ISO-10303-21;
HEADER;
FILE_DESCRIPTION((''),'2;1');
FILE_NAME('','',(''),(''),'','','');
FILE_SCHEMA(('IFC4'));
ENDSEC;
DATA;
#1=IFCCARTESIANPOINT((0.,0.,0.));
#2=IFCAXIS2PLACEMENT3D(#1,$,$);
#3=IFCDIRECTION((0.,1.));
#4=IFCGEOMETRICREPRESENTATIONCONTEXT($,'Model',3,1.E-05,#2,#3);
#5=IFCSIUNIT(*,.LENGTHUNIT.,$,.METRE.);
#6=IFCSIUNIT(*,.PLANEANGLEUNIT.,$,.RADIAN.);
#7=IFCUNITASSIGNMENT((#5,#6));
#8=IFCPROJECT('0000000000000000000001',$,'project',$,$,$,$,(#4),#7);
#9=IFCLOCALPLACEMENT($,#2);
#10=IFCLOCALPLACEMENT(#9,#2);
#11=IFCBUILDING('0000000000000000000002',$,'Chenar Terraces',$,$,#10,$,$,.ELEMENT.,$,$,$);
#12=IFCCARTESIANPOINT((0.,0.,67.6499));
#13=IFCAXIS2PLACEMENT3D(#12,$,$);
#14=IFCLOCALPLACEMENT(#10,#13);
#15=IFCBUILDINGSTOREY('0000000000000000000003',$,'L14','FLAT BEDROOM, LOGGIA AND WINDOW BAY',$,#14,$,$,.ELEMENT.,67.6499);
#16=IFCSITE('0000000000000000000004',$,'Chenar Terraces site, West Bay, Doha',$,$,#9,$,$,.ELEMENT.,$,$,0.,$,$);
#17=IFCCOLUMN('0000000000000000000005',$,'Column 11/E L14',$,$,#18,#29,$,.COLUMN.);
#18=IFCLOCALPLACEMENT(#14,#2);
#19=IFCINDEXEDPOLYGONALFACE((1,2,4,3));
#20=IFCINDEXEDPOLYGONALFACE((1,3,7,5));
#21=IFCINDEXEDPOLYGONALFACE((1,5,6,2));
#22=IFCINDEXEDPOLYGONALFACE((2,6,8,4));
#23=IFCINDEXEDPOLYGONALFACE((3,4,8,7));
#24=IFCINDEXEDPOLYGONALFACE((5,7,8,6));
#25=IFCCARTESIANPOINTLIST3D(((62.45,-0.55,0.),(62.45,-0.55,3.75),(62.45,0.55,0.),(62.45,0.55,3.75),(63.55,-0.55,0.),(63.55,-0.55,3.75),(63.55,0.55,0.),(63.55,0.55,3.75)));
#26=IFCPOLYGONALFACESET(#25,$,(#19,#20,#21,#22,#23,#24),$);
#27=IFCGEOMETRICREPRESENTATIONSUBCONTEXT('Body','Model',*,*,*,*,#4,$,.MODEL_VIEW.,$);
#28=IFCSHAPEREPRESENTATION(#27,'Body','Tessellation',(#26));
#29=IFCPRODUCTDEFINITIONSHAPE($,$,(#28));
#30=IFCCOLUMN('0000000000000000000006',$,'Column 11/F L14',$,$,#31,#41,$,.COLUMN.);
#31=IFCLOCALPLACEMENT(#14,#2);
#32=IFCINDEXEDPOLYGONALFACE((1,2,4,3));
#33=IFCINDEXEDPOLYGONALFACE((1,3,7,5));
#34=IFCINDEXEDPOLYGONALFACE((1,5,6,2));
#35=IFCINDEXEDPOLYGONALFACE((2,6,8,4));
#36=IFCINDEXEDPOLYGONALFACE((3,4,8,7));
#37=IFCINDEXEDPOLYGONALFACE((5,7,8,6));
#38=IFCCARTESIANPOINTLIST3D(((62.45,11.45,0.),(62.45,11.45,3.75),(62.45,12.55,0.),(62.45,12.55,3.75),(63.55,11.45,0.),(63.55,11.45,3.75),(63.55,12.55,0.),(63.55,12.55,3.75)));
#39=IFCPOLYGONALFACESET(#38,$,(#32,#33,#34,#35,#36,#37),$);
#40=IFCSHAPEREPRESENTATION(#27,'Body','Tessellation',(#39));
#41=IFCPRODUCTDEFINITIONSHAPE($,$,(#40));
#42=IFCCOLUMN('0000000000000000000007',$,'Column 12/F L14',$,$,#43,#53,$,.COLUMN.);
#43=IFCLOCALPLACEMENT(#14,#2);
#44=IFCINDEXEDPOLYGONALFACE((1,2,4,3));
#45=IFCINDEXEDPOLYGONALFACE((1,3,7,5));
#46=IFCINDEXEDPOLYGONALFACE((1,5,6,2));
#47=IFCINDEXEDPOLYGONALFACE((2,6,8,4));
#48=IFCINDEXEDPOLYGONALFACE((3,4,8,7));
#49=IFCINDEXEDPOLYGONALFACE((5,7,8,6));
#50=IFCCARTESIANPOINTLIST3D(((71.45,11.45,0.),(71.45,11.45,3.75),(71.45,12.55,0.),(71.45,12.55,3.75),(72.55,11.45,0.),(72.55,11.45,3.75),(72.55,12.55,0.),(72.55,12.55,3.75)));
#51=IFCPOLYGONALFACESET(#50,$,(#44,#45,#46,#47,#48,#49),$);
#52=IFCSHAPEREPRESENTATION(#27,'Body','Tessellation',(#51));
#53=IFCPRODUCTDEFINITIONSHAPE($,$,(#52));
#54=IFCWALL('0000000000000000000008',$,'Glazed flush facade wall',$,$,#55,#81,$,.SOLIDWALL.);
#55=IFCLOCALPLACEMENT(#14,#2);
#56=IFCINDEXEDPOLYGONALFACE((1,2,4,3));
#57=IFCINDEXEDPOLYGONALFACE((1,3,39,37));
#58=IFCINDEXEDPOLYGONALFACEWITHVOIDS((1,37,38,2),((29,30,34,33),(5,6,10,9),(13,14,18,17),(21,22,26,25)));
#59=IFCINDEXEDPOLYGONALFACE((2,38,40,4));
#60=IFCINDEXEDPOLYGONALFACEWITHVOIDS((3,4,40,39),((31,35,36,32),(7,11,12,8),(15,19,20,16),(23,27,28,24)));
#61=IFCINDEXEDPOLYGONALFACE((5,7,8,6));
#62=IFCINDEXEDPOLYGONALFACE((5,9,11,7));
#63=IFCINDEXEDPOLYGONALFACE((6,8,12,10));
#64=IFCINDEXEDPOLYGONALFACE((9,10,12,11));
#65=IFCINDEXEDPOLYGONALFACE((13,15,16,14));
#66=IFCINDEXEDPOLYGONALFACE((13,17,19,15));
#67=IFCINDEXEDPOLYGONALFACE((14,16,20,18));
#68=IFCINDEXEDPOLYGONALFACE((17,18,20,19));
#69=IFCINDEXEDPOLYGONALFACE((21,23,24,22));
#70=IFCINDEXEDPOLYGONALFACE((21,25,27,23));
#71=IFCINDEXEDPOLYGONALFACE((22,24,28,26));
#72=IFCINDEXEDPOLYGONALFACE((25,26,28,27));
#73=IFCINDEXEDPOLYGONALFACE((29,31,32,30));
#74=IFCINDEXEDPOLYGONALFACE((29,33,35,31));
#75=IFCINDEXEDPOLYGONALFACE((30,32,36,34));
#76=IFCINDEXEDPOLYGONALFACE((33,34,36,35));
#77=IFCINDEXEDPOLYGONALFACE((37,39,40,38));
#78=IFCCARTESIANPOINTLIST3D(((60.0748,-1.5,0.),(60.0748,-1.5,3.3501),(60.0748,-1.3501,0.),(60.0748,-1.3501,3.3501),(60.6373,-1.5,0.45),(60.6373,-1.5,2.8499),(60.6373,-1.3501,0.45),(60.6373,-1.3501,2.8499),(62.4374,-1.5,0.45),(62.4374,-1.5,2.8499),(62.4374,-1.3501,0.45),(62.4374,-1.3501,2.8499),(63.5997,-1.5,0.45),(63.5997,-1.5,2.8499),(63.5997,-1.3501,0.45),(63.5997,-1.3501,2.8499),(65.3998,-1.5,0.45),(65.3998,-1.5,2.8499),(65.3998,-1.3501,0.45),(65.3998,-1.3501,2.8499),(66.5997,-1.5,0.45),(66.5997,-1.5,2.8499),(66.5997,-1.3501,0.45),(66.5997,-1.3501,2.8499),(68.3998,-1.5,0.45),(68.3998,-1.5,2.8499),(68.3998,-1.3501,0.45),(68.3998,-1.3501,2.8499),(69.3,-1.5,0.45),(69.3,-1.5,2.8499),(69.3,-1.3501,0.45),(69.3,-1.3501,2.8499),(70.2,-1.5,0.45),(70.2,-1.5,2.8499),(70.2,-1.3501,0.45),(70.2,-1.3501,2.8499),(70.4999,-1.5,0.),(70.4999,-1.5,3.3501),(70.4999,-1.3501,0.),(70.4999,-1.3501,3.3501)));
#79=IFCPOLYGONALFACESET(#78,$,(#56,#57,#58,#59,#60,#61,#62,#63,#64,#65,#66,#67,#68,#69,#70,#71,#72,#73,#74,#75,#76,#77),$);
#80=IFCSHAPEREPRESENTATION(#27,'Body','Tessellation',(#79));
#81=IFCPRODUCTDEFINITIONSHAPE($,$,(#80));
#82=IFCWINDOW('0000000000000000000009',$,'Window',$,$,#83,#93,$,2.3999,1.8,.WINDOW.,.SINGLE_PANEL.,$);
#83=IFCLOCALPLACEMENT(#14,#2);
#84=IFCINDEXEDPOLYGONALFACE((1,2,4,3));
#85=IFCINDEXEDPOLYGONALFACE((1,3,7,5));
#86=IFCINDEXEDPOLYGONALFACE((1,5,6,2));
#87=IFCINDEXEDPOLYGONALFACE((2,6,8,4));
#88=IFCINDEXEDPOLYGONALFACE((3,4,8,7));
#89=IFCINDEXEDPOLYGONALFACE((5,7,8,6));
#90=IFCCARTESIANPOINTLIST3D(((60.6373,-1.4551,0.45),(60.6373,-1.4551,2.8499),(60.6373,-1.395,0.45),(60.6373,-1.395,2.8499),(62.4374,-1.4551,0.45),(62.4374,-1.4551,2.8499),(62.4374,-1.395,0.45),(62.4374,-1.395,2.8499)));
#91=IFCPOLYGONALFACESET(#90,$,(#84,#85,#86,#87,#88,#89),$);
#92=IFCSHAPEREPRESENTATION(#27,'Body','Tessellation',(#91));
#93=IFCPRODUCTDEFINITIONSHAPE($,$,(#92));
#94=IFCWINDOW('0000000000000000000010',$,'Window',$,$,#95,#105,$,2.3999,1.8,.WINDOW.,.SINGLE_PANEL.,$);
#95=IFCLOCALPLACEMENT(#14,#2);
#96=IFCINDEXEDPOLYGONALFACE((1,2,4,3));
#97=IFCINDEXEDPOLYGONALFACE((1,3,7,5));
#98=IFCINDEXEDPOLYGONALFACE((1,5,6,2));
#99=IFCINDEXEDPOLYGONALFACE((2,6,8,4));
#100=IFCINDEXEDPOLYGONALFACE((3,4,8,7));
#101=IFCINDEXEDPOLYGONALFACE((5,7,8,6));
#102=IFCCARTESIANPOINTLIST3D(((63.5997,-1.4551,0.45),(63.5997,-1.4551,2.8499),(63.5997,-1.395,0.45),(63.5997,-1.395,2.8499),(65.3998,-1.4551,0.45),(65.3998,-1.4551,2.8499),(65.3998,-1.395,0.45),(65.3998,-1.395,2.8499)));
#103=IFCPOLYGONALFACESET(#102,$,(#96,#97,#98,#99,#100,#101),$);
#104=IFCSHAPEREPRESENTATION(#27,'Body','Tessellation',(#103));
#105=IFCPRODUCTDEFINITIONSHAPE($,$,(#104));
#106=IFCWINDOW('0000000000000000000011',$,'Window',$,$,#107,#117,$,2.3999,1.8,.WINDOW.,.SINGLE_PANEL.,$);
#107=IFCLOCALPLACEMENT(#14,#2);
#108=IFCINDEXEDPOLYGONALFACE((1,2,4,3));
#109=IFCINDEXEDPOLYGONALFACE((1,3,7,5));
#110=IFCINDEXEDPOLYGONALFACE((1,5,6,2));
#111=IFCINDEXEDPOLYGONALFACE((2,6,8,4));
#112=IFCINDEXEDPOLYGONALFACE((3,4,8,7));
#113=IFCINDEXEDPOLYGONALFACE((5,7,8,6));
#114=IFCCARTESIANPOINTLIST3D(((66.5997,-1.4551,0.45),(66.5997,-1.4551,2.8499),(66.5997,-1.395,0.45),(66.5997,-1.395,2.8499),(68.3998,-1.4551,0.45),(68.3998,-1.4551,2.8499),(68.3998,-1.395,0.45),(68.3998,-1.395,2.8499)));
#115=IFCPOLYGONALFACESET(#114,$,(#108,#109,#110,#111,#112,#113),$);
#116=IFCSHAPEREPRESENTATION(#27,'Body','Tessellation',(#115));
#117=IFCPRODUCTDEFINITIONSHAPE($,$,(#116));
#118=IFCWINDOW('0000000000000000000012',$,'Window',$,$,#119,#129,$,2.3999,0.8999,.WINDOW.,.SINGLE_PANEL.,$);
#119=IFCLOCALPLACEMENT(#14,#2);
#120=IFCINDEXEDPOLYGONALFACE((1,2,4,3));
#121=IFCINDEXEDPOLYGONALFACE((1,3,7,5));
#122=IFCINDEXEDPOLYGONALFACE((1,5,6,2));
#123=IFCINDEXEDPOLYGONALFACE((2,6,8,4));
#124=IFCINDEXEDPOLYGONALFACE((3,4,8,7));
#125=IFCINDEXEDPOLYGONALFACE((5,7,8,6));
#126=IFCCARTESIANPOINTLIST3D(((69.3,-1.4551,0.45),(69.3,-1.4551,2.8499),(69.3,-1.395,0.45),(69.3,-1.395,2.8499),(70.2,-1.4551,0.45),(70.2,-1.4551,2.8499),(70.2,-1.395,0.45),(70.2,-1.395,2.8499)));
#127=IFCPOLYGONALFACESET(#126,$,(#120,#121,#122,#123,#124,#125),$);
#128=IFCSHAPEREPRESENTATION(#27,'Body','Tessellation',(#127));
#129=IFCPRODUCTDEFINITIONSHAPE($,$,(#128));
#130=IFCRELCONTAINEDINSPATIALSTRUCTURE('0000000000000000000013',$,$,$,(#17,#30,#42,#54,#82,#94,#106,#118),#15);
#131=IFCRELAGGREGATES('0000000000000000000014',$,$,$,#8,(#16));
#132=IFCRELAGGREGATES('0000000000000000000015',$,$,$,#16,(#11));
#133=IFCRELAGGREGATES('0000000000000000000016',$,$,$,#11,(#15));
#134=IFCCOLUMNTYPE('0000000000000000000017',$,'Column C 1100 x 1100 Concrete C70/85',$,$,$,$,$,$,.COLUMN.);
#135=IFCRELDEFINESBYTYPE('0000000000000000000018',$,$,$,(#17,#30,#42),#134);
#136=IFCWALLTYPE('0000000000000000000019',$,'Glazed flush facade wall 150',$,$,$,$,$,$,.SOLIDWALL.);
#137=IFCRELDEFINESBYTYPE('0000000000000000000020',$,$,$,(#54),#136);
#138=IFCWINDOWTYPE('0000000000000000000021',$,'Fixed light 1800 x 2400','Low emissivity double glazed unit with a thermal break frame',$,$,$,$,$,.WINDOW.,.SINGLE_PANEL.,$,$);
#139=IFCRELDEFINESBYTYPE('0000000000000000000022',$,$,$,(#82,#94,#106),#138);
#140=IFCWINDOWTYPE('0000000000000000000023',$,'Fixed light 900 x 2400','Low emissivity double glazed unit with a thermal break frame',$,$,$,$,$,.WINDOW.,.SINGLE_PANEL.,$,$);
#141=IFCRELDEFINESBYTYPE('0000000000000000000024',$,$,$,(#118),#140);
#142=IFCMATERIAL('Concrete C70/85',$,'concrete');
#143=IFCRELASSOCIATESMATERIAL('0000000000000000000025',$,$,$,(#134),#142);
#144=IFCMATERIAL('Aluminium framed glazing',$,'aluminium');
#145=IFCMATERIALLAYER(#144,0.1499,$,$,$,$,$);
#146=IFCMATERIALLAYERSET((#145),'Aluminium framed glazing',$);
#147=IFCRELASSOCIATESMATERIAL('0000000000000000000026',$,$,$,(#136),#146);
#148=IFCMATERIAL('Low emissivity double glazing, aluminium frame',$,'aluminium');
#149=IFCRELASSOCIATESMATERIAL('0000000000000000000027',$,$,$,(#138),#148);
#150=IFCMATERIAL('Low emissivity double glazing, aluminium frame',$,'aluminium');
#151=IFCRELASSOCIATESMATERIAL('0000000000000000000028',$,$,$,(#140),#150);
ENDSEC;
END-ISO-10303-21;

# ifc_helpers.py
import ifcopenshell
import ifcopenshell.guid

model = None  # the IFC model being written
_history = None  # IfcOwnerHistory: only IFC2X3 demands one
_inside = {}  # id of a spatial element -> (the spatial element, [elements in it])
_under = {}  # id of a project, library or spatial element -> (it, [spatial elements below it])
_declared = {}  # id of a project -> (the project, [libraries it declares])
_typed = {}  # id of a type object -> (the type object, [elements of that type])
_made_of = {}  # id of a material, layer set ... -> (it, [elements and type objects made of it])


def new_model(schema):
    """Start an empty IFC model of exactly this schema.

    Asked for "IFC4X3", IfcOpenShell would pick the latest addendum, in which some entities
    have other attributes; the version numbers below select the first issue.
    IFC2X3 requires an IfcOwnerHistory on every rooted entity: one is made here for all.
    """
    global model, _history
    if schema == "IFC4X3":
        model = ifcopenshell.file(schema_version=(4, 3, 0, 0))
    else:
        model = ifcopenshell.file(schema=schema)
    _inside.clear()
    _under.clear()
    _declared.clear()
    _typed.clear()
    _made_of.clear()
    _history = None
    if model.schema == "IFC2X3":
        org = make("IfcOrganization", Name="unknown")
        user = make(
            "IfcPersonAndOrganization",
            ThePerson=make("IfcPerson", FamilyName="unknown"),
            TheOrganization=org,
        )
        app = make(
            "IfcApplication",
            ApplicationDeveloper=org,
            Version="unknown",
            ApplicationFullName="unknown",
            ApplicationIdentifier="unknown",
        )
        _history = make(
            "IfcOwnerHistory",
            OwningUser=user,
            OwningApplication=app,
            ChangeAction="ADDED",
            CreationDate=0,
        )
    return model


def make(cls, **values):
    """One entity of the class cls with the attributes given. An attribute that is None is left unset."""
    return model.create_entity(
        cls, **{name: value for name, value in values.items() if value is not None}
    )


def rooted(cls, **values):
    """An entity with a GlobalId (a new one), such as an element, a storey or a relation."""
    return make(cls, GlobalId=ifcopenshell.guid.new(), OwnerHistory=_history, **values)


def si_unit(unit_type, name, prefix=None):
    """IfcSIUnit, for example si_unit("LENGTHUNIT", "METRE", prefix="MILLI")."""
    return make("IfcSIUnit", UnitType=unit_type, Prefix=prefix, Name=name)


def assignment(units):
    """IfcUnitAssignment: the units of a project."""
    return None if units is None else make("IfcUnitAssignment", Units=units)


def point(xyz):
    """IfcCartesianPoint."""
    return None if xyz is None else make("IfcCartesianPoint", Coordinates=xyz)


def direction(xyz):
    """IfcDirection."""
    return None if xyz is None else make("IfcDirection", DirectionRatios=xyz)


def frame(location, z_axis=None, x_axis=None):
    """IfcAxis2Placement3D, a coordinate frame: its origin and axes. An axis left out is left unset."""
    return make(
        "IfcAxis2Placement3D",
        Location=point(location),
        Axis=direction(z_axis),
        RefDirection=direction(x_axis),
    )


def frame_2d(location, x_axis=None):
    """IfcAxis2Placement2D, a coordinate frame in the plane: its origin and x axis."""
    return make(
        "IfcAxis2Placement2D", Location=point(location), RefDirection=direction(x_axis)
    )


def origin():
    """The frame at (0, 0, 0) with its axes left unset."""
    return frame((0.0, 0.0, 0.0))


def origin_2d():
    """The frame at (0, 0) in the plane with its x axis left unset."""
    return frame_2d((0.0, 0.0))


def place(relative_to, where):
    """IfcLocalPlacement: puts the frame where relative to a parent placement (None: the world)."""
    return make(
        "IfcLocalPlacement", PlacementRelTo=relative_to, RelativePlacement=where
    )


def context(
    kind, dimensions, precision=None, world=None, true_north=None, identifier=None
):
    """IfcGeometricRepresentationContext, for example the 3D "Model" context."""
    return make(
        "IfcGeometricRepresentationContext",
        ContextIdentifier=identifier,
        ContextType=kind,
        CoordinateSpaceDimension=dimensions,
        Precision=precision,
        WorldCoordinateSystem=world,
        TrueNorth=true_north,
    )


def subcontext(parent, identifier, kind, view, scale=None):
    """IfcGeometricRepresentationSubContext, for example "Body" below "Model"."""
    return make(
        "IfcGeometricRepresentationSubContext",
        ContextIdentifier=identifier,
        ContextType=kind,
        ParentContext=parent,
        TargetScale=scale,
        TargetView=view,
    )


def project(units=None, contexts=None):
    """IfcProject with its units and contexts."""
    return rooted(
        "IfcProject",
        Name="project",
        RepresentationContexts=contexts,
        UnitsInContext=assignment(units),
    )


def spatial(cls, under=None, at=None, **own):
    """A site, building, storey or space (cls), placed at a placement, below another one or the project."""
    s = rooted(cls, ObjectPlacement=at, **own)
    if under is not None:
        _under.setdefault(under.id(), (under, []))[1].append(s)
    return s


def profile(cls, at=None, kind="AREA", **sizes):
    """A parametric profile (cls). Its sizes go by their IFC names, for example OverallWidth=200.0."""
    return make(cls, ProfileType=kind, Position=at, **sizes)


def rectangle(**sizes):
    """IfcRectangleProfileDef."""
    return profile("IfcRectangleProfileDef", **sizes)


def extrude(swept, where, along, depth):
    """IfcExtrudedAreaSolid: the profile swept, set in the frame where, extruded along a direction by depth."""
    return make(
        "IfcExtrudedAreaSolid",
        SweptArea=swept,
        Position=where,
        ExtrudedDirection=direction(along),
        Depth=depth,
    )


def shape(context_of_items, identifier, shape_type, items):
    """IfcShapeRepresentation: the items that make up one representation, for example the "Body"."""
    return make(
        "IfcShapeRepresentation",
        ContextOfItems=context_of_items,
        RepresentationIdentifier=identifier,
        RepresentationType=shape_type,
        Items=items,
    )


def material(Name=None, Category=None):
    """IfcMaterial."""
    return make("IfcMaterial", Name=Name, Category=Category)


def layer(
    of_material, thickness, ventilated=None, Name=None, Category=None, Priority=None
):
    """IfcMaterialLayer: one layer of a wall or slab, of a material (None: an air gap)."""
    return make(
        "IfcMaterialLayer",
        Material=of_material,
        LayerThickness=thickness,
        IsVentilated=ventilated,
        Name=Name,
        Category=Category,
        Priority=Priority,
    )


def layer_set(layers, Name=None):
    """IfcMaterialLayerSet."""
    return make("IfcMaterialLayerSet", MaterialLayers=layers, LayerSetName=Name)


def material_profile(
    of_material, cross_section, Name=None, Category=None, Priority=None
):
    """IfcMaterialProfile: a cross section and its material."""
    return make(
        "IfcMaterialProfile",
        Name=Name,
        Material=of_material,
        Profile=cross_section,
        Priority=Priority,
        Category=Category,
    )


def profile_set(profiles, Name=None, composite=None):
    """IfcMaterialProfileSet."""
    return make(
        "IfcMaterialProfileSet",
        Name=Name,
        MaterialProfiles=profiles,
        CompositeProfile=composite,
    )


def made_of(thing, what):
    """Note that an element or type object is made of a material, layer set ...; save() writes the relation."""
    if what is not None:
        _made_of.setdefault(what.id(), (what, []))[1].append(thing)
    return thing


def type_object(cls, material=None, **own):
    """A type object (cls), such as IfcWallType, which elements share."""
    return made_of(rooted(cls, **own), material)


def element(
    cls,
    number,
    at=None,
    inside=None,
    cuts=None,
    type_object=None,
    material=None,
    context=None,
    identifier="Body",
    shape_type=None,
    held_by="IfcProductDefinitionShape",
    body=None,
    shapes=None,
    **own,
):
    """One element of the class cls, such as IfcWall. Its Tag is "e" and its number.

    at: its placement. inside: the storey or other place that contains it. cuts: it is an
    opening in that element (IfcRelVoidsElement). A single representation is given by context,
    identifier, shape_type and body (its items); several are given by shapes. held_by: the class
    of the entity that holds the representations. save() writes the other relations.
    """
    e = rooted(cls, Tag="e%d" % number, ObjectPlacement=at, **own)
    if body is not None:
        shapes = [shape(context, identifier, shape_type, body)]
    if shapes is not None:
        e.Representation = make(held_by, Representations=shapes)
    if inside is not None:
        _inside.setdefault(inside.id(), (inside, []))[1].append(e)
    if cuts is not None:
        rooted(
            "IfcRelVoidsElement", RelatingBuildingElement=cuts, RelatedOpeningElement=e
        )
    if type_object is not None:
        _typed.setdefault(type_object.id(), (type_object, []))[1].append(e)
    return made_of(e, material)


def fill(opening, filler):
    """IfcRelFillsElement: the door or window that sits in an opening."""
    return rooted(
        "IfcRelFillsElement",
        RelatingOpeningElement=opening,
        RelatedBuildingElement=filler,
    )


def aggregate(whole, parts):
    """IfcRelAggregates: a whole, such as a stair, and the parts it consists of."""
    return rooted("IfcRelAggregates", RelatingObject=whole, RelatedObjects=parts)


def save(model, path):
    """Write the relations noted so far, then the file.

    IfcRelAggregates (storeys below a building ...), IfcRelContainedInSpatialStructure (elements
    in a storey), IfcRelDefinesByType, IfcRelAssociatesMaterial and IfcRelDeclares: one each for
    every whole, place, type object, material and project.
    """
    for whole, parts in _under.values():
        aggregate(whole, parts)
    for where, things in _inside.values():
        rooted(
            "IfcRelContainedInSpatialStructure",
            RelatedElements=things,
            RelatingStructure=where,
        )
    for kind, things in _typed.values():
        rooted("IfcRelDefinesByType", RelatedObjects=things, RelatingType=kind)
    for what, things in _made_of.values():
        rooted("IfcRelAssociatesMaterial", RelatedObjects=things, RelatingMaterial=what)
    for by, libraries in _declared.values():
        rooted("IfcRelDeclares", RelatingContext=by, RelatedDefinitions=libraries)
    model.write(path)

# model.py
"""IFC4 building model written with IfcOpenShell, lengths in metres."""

from ifc_helpers import new_model, si_unit, direction, frame, frame_2d, origin, origin_2d, place, context, subcontext, project, spatial, rectangle, extrude, material, layer, layer_set, material_profile, profile_set, type_object, element, fill, save


model = new_model("IFC4")

# Units and contexts
model_context = context("Model", 3, precision=1e-05, world=origin(), true_north=direction((0.0, 1.0)))
body_context = subcontext(model_context, "Body", "Model", "MODEL_VIEW")
ifc_project = project(units=[si_unit("LENGTHUNIT", "METRE"), si_unit("PLANEANGLEUNIT", "RADIAN")], contexts=[model_context])

# Site, building, storey
site_placement = place(None, origin())
site = spatial("IfcSite", under=ifc_project, at=site_placement, Name="Chenar Terraces site, West Bay, Doha", CompositionType="ELEMENT", RefElevation=0.0)
building_placement = place(site_placement, origin())
building = spatial("IfcBuilding", under=site, at=building_placement, Name="Chenar Terraces", CompositionType="ELEMENT")
storey_placement = place(building_placement, frame((0.0, 0.0, 67.6499)))
storey = spatial("IfcBuildingStorey", under=building, at=storey_placement, Name="L14", Description="FLAT BEDROOM, LOGGIA AND WINDOW BAY", CompositionType="ELEMENT", Elevation=67.6499)

# Columns
ifc_material_1 = material(Name="Concrete C70/85", Category="concrete")
ifc_material_profile = material_profile(ifc_material_1, rectangle(XDim=1.1001, YDim=1.1001, at=origin_2d()), Name="C 1100 x 1100")
ifc_profile_set = profile_set([ifc_material_profile], Name="Concrete C70/85")
column_type = type_object("IfcColumnType", Name="Column C 1100 x 1100 Concrete C70/85", PredefinedType="COLUMN", material=ifc_profile_set)
for number, where, z_axis, x_axis, name in (
    (1, (63.0, 0.0, 0.0), (0.0, 0.0, 1.0), (1.0, 0.0, 0.0), "Column 11/E L14"),
    (2, (63.0, 12.0, 0.0), (0.0, 0.0, 1.0), (1.0, 0.0, 0.0), "Column 11/F L14"),
    (3, (72.0, 12.0, 0.0), (0.0, 0.0, 1.0), (1.0, 0.0, 0.0), "Column 12/F L14"),
):
    element("IfcColumn", number, at=place(storey_placement, frame(where, z_axis=z_axis, x_axis=x_axis)), inside=storey, type_object=column_type, Name=name, PredefinedType="COLUMN", context=body_context, shape_type="SweptSolid", body=[
        extrude(rectangle(XDim=1.1001, YDim=1.1001, at=origin_2d()), origin(), (0.0, 0.0, 1.0), 3.75),
    ])

# Wall, openings, windows
ifc_material_2 = material(Name="Aluminium framed glazing", Category="aluminium")
ifc_layer_1 = layer(ifc_material_2, 0.1499)
ifc_layer_set_1 = layer_set([ifc_layer_1], Name="Aluminium framed glazing")
wall_type_1 = type_object("IfcWallType", Name="Glazed flush facade wall 150", PredefinedType="SOLIDWALL", material=ifc_layer_set_1)
wall_1_placement = place(storey_placement, frame((60.075, -1.425, 0.0), z_axis=(0.0, 0.0, 1.0), x_axis=(1.0, 0.0, 0.0)))
wall_1 = element("IfcWall", 4, at=wall_1_placement, inside=storey, type_object=wall_type_1, Name="Glazed flush facade wall", PredefinedType="SOLIDWALL", context=body_context, shape_type="SweptSolid", body=[
    extrude(rectangle(XDim=10.425, YDim=0.1499, at=frame_2d((5.2124, 0.0))), origin(), (0.0, 0.0, 1.0), 3.3501),
])
opening_1_placement = place(wall_1_placement, frame((0.5625, 0.0, 0.45)))
opening_1 = element("IfcOpeningElement", 5, at=opening_1_placement, cuts=wall_1, PredefinedType="OPENING", context=body_context, shape_type="SweptSolid", body=[
    extrude(rectangle(XDim=1.8, YDim=2.3999, at=frame_2d((0.8999, 1.2))), frame((0.0, 0.085, 0.0), z_axis=(0.0, -1.0, 0.0), x_axis=(1.0, 0.0, 0.0)), (0.0, 0.0, 1.0), 0.1699),
])
opening_2_placement = place(wall_1_placement, frame((3.5249, 0.0, 0.45)))
opening_2 = element("IfcOpeningElement", 6, at=opening_2_placement, cuts=wall_1, PredefinedType="OPENING", context=body_context, shape_type="SweptSolid", body=[
    extrude(rectangle(XDim=1.8, YDim=2.3999, at=frame_2d((0.8999, 1.2))), frame((0.0, 0.085, 0.0), z_axis=(0.0, -1.0, 0.0), x_axis=(1.0, 0.0, 0.0)), (0.0, 0.0, 1.0), 0.1699),
])
opening_3_placement = place(wall_1_placement, frame((6.5249, 0.0, 0.45)))
opening_3 = element("IfcOpeningElement", 7, at=opening_3_placement, cuts=wall_1, PredefinedType="OPENING", context=body_context, shape_type="SweptSolid", body=[
    extrude(rectangle(XDim=1.8, YDim=2.3999, at=frame_2d((0.8999, 1.2))), frame((0.0, 0.085, 0.0), z_axis=(0.0, -1.0, 0.0), x_axis=(1.0, 0.0, 0.0)), (0.0, 0.0, 1.0), 0.1699),
])
opening_4_placement = place(wall_1_placement, frame((9.2251, 0.0, 0.45)))
opening_4 = element("IfcOpeningElement", 8, at=opening_4_placement, cuts=wall_1, PredefinedType="OPENING", context=body_context, shape_type="SweptSolid", body=[
    extrude(rectangle(XDim=0.8999, YDim=2.3999, at=frame_2d((0.45, 1.2))), frame((0.0, 0.085, 0.0), z_axis=(0.0, -1.0, 0.0), x_axis=(1.0, 0.0, 0.0)), (0.0, 0.0, 1.0), 0.1699),
])
ifc_material_3 = material(Name="Low emissivity double glazing, aluminium frame", Category="aluminium")
window_type_1 = type_object("IfcWindowType", Name="Fixed light 1800 x 2400", Description="Low emissivity double glazed unit with a thermal break frame", PartitioningType="SINGLE_PANEL", PredefinedType="WINDOW", material=ifc_material_3)
window_1_placement = place(opening_1_placement, origin())
window_1 = element("IfcWindow", 9, at=window_1_placement, inside=storey, type_object=window_type_1, Name="Window", OverallHeight=2.3999, OverallWidth=1.8, PartitioningType="SINGLE_PANEL", PredefinedType="WINDOW", context=body_context, shape_type="SweptSolid", body=[
    extrude(rectangle(XDim=1.8, YDim=2.3999, at=frame_2d((0.8999, 1.2))), frame((0.0, 0.03, 0.0), z_axis=(0.0, -1.0, 0.0), x_axis=(1.0, 0.0, 0.0)), (0.0, 0.0, 1.0), 0.0601),
])
fill(opening_1, window_1)
window_2_placement = place(opening_2_placement, origin())
window_2 = element("IfcWindow", 10, at=window_2_placement, inside=storey, type_object=window_type_1, Name="Window", OverallHeight=2.3999, OverallWidth=1.8, PartitioningType="SINGLE_PANEL", PredefinedType="WINDOW", context=body_context, shape_type="SweptSolid", body=[
    extrude(rectangle(XDim=1.8, YDim=2.3999, at=frame_2d((0.8999, 1.2))), frame((0.0, 0.03, 0.0), z_axis=(0.0, -1.0, 0.0), x_axis=(1.0, 0.0, 0.0)), (0.0, 0.0, 1.0), 0.0601),
])
fill(opening_2, window_2)
window_3_placement = place(opening_3_placement, origin())
window_3 = element("IfcWindow", 11, at=window_3_placement, inside=storey, type_object=window_type_1, Name="Window", OverallHeight=2.3999, OverallWidth=1.8, PartitioningType="SINGLE_PANEL", PredefinedType="WINDOW", context=body_context, shape_type="SweptSolid", body=[
    extrude(rectangle(XDim=1.8, YDim=2.3999, at=frame_2d((0.8999, 1.2))), frame((0.0, 0.03, 0.0), z_axis=(0.0, -1.0, 0.0), x_axis=(1.0, 0.0, 0.0)), (0.0, 0.0, 1.0), 0.0601),
])
fill(opening_3, window_3)
ifc_material_4 = material(Name="Low emissivity double glazing, aluminium frame", Category="aluminium")
window_type_2 = type_object("IfcWindowType", Name="Fixed light 900 x 2400", Description="Low emissivity double glazed unit with a thermal break frame", PartitioningType="SINGLE_PANEL", PredefinedType="WINDOW", material=ifc_material_4)
window_4_placement = place(opening_4_placement, origin())
window_4 = element("IfcWindow", 12, at=window_4_placement, inside=storey, type_object=window_type_2, Name="Window", OverallHeight=2.3999, OverallWidth=0.8999, PartitioningType="SINGLE_PANEL", PredefinedType="WINDOW", context=body_context, shape_type="SweptSolid", body=[
    extrude(rectangle(XDim=0.8999, YDim=2.3999, at=frame_2d((0.45, 1.2))), frame((0.0, 0.03, 0.0), z_axis=(0.0, -1.0, 0.0), x_axis=(1.0, 0.0, 0.0)), (0.0, 0.0, 1.0), 0.0601),
])
fill(opening_4, window_4)

save(model, "model.ifc")
